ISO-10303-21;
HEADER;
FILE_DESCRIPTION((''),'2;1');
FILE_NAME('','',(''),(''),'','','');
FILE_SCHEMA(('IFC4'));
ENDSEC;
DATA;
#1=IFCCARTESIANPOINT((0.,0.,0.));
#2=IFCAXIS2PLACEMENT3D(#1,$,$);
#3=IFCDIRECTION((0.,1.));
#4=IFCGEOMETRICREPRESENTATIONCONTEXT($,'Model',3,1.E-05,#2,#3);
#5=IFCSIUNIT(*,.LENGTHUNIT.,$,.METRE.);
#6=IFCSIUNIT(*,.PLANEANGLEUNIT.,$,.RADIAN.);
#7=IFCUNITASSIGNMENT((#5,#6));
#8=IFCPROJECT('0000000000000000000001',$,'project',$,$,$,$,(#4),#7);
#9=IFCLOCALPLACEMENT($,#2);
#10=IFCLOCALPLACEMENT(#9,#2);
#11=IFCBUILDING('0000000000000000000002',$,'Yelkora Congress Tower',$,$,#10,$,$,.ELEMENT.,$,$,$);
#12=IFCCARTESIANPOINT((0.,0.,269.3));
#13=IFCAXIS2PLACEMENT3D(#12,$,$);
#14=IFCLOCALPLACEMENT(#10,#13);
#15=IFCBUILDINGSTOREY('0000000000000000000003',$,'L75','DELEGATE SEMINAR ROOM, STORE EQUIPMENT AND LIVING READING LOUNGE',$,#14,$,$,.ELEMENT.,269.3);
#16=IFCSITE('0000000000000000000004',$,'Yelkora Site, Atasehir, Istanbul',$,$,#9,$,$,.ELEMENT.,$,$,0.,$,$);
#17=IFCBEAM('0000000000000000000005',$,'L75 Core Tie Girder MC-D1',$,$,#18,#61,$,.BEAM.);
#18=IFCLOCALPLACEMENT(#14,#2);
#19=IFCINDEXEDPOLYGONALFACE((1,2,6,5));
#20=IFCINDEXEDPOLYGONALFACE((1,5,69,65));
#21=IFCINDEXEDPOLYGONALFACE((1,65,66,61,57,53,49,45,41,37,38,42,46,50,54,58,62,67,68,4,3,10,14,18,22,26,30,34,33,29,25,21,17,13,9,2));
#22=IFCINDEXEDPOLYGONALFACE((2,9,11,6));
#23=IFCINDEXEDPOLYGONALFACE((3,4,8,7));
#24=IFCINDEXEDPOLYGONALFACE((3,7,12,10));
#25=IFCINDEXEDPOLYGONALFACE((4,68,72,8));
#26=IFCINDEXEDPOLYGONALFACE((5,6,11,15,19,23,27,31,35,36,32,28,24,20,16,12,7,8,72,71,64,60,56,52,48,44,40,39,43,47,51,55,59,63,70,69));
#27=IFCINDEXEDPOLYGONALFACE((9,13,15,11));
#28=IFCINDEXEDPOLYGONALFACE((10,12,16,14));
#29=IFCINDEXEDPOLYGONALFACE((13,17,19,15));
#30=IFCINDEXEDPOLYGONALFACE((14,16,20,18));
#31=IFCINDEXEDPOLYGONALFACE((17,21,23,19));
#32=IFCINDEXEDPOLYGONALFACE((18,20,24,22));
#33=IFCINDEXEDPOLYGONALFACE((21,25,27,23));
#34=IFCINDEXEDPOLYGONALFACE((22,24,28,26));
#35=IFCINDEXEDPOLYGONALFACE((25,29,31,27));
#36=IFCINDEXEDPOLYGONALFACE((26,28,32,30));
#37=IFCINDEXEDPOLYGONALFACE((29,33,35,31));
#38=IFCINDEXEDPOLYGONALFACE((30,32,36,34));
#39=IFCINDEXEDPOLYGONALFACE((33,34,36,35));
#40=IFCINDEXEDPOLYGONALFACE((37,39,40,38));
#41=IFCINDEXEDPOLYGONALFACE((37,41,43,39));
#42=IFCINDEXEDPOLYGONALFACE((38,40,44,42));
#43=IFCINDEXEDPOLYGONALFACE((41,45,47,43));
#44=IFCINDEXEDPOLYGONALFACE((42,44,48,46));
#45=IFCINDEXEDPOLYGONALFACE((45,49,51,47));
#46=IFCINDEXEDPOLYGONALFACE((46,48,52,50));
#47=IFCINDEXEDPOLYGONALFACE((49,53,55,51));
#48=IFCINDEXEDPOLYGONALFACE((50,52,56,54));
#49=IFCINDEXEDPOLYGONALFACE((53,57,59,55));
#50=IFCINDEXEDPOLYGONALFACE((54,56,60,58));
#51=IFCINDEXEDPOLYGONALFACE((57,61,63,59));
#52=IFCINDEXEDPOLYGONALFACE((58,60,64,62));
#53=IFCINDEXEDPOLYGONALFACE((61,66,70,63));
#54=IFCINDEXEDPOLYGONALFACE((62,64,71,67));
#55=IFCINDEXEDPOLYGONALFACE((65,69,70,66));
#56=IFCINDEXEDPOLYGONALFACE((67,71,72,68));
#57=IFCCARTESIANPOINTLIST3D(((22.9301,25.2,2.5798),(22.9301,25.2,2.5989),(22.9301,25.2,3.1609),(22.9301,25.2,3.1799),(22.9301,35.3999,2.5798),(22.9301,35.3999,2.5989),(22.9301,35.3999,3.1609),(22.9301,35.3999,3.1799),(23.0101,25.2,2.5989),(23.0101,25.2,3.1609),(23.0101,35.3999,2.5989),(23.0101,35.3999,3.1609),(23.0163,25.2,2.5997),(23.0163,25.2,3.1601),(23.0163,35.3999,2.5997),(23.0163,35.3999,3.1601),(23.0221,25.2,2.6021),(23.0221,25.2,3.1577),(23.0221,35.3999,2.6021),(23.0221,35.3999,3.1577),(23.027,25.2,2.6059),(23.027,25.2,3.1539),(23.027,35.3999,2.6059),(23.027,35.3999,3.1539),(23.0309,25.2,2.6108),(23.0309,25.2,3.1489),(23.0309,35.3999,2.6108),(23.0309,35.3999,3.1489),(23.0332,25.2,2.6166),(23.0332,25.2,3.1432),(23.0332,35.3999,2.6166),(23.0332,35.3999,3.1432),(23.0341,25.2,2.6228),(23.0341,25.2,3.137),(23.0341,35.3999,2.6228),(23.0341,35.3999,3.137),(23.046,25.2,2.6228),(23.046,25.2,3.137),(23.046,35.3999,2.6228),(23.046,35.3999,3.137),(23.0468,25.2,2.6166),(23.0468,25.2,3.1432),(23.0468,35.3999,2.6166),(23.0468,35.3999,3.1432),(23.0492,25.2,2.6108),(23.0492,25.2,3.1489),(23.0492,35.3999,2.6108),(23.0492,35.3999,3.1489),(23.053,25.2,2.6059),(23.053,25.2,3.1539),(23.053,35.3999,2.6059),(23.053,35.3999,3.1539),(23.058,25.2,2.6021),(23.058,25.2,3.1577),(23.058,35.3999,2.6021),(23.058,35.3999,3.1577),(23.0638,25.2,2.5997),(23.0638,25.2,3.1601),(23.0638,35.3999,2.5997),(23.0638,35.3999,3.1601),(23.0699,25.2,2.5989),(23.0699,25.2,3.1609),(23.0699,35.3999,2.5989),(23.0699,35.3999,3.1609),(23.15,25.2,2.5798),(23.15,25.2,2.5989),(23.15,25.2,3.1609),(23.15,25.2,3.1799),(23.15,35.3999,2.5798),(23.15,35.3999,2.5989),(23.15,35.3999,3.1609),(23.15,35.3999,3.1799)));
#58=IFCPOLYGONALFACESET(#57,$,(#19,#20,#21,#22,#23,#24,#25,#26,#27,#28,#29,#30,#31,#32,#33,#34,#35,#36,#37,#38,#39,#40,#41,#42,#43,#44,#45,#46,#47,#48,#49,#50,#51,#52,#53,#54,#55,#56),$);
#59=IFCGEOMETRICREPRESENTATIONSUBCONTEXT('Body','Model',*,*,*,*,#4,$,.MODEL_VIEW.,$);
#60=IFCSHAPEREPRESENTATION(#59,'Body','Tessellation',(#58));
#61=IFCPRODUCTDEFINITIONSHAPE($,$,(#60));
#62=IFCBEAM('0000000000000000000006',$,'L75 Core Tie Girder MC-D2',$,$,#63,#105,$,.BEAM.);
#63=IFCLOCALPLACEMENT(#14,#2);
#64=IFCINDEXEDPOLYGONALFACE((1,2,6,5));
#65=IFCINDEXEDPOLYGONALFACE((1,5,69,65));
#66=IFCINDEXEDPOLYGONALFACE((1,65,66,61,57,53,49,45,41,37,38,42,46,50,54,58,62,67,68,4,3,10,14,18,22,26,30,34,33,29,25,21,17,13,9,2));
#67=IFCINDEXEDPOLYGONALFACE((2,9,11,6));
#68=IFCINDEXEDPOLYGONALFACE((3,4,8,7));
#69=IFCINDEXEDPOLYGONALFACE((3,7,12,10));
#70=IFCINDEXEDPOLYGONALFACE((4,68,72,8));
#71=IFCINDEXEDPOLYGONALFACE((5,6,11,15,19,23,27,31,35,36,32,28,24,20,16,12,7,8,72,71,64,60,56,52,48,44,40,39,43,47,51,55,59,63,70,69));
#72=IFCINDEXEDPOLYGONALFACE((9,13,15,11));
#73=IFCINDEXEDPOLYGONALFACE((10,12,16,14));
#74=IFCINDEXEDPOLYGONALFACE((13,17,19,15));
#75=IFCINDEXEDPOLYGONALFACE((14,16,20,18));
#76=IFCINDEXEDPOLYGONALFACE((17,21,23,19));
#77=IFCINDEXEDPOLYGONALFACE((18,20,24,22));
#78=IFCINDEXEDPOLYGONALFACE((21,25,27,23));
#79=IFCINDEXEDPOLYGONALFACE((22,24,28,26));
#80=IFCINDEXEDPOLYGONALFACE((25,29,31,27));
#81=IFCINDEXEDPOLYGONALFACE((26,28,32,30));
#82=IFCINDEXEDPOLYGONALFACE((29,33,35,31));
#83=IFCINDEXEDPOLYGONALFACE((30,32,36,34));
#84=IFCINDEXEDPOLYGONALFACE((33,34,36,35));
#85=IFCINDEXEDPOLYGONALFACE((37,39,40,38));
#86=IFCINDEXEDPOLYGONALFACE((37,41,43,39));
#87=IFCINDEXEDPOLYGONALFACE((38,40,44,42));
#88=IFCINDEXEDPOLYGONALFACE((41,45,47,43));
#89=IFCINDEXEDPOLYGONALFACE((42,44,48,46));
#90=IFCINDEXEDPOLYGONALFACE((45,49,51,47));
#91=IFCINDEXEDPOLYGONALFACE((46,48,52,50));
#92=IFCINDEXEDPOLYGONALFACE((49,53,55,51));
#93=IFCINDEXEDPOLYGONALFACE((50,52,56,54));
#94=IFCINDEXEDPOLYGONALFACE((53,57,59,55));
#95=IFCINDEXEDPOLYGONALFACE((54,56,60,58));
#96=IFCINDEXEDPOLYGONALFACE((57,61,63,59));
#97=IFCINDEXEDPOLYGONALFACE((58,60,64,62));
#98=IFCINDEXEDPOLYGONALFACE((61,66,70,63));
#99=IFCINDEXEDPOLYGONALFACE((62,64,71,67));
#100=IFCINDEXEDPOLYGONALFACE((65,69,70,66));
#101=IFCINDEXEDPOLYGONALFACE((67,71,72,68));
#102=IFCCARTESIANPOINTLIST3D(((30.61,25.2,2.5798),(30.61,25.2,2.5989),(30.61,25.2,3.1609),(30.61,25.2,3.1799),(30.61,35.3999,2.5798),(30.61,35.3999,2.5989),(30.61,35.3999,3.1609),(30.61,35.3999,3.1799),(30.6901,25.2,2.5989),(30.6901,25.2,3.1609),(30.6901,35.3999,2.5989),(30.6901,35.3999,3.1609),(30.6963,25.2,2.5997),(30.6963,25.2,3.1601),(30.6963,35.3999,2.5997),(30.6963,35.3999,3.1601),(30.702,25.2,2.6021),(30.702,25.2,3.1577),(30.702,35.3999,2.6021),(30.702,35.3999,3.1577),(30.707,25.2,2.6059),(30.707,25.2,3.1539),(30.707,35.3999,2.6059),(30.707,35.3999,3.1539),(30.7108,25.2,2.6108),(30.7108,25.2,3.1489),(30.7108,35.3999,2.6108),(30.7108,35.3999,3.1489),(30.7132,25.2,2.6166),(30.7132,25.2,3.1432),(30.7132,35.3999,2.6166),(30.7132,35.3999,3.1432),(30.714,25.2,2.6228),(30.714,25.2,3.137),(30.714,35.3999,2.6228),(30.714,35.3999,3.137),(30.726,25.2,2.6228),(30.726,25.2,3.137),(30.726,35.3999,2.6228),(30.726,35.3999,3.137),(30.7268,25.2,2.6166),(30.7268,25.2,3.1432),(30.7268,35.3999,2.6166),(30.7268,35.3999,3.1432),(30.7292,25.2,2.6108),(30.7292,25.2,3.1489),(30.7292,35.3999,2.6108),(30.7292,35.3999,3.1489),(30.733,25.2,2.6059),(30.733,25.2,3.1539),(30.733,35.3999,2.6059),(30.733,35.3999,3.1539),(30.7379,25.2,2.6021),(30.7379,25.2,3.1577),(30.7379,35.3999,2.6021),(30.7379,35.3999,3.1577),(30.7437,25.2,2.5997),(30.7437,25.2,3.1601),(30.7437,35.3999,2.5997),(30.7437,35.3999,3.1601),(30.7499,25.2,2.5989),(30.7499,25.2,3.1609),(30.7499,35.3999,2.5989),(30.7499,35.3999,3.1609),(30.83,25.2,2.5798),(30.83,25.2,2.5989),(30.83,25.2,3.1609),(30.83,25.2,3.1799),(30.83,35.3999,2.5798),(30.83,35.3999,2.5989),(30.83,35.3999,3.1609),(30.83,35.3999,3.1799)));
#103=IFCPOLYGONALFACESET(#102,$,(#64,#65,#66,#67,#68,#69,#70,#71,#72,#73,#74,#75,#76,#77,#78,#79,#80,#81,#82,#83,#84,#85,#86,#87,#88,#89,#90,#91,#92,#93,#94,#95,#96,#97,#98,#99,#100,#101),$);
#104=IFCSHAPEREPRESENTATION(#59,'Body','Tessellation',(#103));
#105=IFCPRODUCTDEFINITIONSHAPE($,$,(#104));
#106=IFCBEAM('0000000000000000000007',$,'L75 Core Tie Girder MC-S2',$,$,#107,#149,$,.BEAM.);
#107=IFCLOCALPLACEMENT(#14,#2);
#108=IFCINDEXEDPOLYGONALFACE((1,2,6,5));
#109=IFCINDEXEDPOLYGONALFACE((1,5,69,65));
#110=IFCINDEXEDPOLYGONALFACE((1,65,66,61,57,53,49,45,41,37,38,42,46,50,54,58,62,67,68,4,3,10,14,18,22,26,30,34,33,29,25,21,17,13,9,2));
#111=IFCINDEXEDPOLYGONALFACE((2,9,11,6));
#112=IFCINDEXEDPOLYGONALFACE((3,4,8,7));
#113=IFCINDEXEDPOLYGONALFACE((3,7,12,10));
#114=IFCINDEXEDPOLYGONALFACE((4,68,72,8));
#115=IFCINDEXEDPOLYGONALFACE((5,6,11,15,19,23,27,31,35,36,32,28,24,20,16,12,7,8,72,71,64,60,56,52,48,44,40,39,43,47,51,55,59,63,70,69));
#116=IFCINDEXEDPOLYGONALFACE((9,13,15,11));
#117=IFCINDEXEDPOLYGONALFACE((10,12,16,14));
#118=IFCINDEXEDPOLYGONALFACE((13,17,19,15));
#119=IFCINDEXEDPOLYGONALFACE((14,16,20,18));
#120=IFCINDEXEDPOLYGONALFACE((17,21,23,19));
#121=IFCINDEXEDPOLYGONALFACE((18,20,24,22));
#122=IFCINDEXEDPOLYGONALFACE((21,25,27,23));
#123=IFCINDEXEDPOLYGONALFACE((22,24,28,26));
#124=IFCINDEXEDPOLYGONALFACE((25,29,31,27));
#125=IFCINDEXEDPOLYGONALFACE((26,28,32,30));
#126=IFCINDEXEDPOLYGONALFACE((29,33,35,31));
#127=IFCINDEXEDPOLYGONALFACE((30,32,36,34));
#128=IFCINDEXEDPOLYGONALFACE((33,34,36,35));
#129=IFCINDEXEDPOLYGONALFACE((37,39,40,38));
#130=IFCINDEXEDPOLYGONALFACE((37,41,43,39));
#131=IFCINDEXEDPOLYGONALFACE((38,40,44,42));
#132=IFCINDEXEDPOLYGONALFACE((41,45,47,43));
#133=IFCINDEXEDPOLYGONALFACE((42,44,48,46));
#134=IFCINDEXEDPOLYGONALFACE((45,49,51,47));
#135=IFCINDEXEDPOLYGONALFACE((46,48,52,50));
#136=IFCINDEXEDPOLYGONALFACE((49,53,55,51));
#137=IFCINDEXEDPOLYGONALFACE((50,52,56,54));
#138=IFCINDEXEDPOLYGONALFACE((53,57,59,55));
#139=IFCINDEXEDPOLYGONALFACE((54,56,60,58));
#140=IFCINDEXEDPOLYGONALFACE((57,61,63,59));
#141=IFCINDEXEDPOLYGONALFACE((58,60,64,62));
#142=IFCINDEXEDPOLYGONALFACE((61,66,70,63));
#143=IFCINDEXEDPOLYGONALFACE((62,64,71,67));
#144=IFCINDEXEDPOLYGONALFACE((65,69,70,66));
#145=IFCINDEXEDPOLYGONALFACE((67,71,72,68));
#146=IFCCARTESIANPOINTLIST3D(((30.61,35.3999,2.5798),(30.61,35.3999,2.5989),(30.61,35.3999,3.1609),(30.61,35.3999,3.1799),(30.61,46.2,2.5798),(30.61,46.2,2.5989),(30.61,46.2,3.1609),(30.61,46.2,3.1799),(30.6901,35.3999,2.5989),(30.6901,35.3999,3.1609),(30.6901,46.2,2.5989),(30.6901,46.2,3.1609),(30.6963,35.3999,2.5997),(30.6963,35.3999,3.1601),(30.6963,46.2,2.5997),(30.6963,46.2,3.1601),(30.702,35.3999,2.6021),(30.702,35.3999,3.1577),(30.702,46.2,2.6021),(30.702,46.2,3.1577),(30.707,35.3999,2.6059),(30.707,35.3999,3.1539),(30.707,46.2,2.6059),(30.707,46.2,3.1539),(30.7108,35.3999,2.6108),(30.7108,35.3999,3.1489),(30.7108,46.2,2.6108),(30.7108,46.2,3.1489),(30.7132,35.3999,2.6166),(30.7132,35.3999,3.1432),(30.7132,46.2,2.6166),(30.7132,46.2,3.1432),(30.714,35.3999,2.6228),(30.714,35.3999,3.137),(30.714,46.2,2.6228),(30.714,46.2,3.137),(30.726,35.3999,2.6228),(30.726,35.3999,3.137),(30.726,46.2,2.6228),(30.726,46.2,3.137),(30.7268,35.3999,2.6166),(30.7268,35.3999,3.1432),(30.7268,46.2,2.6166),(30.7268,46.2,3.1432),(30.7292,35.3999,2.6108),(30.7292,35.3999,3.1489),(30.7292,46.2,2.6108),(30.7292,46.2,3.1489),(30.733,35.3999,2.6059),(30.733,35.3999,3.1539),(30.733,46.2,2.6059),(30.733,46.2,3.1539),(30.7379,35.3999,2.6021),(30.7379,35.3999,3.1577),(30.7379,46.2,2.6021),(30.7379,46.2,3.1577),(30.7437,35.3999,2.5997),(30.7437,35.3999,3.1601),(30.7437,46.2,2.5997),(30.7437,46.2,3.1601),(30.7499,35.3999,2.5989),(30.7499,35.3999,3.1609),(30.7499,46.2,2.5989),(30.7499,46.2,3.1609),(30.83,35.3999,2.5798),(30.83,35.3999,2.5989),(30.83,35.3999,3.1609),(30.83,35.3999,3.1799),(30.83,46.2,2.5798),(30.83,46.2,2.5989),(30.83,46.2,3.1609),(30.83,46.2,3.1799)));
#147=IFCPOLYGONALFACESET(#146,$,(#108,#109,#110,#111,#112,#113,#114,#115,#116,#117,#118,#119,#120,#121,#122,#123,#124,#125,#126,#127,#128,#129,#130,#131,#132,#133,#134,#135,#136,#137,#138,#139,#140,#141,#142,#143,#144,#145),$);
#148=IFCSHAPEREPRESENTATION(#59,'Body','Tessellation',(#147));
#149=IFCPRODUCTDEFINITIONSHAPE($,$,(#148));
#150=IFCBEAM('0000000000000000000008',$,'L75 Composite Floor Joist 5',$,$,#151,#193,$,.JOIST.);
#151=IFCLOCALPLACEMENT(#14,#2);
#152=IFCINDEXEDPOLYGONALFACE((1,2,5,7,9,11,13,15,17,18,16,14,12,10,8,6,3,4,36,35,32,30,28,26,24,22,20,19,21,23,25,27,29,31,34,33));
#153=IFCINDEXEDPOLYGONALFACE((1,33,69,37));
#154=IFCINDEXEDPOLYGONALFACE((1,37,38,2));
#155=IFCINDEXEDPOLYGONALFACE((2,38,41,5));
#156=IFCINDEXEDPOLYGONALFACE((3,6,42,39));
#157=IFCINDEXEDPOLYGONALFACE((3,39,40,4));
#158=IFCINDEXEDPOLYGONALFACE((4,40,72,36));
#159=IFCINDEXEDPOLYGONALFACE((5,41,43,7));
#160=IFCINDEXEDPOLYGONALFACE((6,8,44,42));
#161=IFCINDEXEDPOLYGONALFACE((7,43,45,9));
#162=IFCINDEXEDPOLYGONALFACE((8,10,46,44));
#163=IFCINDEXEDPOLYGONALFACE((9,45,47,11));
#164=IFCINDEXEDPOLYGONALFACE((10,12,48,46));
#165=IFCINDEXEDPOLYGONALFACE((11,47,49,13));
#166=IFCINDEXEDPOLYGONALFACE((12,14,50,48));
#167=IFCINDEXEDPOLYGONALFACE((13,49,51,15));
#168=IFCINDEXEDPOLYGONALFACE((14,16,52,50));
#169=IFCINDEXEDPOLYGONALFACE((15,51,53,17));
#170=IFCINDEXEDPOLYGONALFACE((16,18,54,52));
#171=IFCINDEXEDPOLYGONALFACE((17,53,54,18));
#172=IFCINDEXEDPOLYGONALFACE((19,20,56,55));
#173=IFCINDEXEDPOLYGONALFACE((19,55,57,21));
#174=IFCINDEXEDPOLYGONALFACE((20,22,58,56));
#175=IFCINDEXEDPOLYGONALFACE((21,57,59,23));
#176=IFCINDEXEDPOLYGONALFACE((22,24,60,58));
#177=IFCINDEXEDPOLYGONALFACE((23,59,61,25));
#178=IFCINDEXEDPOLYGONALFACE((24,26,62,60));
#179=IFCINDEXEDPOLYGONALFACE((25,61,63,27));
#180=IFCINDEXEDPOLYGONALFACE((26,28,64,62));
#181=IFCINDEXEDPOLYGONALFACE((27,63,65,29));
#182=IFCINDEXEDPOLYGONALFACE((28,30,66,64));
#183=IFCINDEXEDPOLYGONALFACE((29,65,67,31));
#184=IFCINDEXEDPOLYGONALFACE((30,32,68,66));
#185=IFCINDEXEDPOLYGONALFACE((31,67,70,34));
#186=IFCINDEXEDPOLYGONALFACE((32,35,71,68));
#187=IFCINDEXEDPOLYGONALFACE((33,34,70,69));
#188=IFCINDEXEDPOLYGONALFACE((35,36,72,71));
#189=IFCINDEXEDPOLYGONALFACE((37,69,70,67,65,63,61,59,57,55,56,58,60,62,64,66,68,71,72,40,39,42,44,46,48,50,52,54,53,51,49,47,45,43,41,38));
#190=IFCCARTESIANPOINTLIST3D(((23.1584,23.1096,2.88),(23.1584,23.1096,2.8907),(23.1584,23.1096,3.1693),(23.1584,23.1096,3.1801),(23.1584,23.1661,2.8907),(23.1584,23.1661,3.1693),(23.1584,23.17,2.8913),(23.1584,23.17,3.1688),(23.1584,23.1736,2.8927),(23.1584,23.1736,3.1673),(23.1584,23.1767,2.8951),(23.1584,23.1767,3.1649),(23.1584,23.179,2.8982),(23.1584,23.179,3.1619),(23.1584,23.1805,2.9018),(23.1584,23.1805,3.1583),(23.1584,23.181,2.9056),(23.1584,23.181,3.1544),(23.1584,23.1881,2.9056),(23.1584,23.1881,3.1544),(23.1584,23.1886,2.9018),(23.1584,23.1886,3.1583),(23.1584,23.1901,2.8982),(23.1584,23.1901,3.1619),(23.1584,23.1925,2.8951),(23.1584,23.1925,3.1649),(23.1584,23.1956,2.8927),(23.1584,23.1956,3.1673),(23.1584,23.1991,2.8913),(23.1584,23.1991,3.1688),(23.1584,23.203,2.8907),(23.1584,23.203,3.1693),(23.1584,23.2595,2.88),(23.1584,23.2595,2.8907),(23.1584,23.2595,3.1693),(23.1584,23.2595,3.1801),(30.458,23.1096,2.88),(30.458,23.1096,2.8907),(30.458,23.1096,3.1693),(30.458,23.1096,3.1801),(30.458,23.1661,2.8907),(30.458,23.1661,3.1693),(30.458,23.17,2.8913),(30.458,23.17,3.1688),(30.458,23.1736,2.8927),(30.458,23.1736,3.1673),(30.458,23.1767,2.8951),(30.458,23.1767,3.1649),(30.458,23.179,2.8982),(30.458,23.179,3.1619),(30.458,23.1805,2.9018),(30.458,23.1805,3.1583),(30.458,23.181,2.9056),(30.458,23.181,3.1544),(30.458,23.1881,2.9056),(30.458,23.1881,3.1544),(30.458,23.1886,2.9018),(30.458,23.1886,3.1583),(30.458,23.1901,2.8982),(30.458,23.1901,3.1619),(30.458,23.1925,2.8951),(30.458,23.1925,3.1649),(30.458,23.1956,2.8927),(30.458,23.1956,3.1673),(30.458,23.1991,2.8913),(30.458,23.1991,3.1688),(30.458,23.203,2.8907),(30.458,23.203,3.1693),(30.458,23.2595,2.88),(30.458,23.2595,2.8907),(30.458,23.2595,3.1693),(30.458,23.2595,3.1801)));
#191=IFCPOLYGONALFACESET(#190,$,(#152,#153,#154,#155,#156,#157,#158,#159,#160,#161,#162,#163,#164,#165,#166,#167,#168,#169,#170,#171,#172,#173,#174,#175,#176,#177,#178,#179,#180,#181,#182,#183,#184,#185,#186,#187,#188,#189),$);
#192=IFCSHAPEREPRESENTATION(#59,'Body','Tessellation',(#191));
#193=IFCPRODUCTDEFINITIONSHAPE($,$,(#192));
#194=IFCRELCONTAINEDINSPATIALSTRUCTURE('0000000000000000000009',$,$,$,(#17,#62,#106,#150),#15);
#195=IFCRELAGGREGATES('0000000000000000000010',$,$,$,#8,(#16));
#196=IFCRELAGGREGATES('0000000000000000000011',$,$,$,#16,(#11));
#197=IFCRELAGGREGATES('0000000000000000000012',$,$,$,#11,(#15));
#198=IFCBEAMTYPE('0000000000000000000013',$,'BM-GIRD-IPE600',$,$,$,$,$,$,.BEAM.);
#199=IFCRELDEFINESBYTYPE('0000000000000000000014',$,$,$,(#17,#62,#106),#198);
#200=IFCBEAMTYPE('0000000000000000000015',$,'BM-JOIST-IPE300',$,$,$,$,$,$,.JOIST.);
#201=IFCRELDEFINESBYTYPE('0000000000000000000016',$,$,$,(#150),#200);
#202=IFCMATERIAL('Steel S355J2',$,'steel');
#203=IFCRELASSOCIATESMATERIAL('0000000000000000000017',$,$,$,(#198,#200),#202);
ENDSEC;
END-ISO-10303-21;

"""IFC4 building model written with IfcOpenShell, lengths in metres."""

from ifc_helpers import new_model, si_unit, direction, frame, origin, origin_2d, place, context, subcontext, project, spatial, i_section, extrude, material, material_profile, profile_set, type_object, element, save


model = new_model("IFC4")

# Units and contexts
model_context = context("Model", 3, precision=1e-05, world=origin(), true_north=direction((0.0, 1.0)))
body_context = subcontext(model_context, "Body", "Model", "MODEL_VIEW")
ifc_project = project(units=[si_unit("LENGTHUNIT", "METRE"), si_unit("PLANEANGLEUNIT", "RADIAN")], contexts=[model_context])

# Site, building, storey
site_placement = place(None, origin())
site = spatial("IfcSite", under=ifc_project, at=site_placement, Name="Yelkora Site, Atasehir, Istanbul", CompositionType="ELEMENT", RefElevation=0.0)
building_placement = place(site_placement, origin())
building = spatial("IfcBuilding", under=site, at=building_placement, Name="Yelkora Congress Tower", CompositionType="ELEMENT")
storey_placement = place(building_placement, frame((0.0, 0.0, 269.3)))
storey = spatial("IfcBuildingStorey", under=building, at=storey_placement, Name="L75", Description="DELEGATE SEMINAR ROOM, STORE EQUIPMENT AND LIVING READING LOUNGE", CompositionType="ELEMENT", Elevation=269.3)

# Beams
ifc_material_1 = material(Name="Steel S355J2", Category="steel")
ifc_material_profile_1 = material_profile(ifc_material_1, i_section(OverallWidth=0.22, OverallDepth=0.6001, WebThickness=0.012, FlangeThickness=0.019, FilletRadius=0.0239, at=origin_2d()), Name="IPE 600")
ifc_profile_set_1 = profile_set([ifc_material_profile_1], Name="Steel S355J2")
beam_type_1 = type_object("IfcBeamType", Name="BM-GIRD-IPE600", PredefinedType="BEAM", material=ifc_profile_set_1)
for number, where, z_axis, x_axis, name in (
    (1, (23.04, 25.2, 2.8799), (0.0, 1.0, 0.0), (-1.0, 0.0, 0.0), "L75 Core Tie Girder MC-D1"),
    (2, (30.72, 25.2, 2.8799), (0.0, 1.0, 0.0), (-1.0, 0.0, 0.0), "L75 Core Tie Girder MC-D2"),
):
    element("IfcBeam", number, at=place(storey_placement, frame(where, z_axis=z_axis, x_axis=x_axis)), inside=storey, type_object=beam_type_1, Name=name, PredefinedType="BEAM", context=body_context, shape_type="SweptSolid", body=[
        extrude(i_section(OverallWidth=0.22, OverallDepth=0.6001, WebThickness=0.012, FlangeThickness=0.019, FilletRadius=0.0239, at=origin_2d()), origin(), (0.0, 0.0, 1.0), 10.2),
    ])
beam_1_placement = place(storey_placement, frame((30.72, 35.3999, 2.8799), z_axis=(0.0, 1.0, 0.0), x_axis=(-1.0, 0.0, 0.0)))
element("IfcBeam", 3, at=beam_1_placement, inside=storey, type_object=beam_type_1, Name="L75 Core Tie Girder MC-S2", PredefinedType="BEAM", context=body_context, shape_type="SweptSolid", body=[
    extrude(i_section(OverallWidth=0.22, OverallDepth=0.6001, WebThickness=0.012, FlangeThickness=0.019, FilletRadius=0.0239, at=origin_2d()), origin(), (0.0, 0.0, 1.0), 10.8),
])
ifc_material_profile_2 = material_profile(ifc_material_1, i_section(OverallWidth=0.1499, OverallDepth=0.3, WebThickness=0.0071, FlangeThickness=0.0107, FilletRadius=0.0149, at=origin_2d()), Name="IPE 300")
ifc_profile_set_2 = profile_set([ifc_material_profile_2], Name="Steel S355J2")
beam_type_2 = type_object("IfcBeamType", Name="BM-JOIST-IPE300", PredefinedType="JOIST", material=ifc_profile_set_2)
beam_2_placement = place(storey_placement, frame((23.1584, 23.1846, 3.03), z_axis=(1.0, 0.0, 0.0), x_axis=(0.0, 1.0, 0.0)))
element("IfcBeam", 4, at=beam_2_placement, inside=storey, type_object=beam_type_2, Name="L75 Composite Floor Joist 5", PredefinedType="JOIST", context=body_context, shape_type="SweptSolid", body=[
    extrude(i_section(OverallWidth=0.1499, OverallDepth=0.3, WebThickness=0.0071, FlangeThickness=0.0107, FilletRadius=0.0149, at=origin_2d()), origin(), (0.0, 0.0, 1.0), 7.2996),
])

save(model, "model.ifc")
